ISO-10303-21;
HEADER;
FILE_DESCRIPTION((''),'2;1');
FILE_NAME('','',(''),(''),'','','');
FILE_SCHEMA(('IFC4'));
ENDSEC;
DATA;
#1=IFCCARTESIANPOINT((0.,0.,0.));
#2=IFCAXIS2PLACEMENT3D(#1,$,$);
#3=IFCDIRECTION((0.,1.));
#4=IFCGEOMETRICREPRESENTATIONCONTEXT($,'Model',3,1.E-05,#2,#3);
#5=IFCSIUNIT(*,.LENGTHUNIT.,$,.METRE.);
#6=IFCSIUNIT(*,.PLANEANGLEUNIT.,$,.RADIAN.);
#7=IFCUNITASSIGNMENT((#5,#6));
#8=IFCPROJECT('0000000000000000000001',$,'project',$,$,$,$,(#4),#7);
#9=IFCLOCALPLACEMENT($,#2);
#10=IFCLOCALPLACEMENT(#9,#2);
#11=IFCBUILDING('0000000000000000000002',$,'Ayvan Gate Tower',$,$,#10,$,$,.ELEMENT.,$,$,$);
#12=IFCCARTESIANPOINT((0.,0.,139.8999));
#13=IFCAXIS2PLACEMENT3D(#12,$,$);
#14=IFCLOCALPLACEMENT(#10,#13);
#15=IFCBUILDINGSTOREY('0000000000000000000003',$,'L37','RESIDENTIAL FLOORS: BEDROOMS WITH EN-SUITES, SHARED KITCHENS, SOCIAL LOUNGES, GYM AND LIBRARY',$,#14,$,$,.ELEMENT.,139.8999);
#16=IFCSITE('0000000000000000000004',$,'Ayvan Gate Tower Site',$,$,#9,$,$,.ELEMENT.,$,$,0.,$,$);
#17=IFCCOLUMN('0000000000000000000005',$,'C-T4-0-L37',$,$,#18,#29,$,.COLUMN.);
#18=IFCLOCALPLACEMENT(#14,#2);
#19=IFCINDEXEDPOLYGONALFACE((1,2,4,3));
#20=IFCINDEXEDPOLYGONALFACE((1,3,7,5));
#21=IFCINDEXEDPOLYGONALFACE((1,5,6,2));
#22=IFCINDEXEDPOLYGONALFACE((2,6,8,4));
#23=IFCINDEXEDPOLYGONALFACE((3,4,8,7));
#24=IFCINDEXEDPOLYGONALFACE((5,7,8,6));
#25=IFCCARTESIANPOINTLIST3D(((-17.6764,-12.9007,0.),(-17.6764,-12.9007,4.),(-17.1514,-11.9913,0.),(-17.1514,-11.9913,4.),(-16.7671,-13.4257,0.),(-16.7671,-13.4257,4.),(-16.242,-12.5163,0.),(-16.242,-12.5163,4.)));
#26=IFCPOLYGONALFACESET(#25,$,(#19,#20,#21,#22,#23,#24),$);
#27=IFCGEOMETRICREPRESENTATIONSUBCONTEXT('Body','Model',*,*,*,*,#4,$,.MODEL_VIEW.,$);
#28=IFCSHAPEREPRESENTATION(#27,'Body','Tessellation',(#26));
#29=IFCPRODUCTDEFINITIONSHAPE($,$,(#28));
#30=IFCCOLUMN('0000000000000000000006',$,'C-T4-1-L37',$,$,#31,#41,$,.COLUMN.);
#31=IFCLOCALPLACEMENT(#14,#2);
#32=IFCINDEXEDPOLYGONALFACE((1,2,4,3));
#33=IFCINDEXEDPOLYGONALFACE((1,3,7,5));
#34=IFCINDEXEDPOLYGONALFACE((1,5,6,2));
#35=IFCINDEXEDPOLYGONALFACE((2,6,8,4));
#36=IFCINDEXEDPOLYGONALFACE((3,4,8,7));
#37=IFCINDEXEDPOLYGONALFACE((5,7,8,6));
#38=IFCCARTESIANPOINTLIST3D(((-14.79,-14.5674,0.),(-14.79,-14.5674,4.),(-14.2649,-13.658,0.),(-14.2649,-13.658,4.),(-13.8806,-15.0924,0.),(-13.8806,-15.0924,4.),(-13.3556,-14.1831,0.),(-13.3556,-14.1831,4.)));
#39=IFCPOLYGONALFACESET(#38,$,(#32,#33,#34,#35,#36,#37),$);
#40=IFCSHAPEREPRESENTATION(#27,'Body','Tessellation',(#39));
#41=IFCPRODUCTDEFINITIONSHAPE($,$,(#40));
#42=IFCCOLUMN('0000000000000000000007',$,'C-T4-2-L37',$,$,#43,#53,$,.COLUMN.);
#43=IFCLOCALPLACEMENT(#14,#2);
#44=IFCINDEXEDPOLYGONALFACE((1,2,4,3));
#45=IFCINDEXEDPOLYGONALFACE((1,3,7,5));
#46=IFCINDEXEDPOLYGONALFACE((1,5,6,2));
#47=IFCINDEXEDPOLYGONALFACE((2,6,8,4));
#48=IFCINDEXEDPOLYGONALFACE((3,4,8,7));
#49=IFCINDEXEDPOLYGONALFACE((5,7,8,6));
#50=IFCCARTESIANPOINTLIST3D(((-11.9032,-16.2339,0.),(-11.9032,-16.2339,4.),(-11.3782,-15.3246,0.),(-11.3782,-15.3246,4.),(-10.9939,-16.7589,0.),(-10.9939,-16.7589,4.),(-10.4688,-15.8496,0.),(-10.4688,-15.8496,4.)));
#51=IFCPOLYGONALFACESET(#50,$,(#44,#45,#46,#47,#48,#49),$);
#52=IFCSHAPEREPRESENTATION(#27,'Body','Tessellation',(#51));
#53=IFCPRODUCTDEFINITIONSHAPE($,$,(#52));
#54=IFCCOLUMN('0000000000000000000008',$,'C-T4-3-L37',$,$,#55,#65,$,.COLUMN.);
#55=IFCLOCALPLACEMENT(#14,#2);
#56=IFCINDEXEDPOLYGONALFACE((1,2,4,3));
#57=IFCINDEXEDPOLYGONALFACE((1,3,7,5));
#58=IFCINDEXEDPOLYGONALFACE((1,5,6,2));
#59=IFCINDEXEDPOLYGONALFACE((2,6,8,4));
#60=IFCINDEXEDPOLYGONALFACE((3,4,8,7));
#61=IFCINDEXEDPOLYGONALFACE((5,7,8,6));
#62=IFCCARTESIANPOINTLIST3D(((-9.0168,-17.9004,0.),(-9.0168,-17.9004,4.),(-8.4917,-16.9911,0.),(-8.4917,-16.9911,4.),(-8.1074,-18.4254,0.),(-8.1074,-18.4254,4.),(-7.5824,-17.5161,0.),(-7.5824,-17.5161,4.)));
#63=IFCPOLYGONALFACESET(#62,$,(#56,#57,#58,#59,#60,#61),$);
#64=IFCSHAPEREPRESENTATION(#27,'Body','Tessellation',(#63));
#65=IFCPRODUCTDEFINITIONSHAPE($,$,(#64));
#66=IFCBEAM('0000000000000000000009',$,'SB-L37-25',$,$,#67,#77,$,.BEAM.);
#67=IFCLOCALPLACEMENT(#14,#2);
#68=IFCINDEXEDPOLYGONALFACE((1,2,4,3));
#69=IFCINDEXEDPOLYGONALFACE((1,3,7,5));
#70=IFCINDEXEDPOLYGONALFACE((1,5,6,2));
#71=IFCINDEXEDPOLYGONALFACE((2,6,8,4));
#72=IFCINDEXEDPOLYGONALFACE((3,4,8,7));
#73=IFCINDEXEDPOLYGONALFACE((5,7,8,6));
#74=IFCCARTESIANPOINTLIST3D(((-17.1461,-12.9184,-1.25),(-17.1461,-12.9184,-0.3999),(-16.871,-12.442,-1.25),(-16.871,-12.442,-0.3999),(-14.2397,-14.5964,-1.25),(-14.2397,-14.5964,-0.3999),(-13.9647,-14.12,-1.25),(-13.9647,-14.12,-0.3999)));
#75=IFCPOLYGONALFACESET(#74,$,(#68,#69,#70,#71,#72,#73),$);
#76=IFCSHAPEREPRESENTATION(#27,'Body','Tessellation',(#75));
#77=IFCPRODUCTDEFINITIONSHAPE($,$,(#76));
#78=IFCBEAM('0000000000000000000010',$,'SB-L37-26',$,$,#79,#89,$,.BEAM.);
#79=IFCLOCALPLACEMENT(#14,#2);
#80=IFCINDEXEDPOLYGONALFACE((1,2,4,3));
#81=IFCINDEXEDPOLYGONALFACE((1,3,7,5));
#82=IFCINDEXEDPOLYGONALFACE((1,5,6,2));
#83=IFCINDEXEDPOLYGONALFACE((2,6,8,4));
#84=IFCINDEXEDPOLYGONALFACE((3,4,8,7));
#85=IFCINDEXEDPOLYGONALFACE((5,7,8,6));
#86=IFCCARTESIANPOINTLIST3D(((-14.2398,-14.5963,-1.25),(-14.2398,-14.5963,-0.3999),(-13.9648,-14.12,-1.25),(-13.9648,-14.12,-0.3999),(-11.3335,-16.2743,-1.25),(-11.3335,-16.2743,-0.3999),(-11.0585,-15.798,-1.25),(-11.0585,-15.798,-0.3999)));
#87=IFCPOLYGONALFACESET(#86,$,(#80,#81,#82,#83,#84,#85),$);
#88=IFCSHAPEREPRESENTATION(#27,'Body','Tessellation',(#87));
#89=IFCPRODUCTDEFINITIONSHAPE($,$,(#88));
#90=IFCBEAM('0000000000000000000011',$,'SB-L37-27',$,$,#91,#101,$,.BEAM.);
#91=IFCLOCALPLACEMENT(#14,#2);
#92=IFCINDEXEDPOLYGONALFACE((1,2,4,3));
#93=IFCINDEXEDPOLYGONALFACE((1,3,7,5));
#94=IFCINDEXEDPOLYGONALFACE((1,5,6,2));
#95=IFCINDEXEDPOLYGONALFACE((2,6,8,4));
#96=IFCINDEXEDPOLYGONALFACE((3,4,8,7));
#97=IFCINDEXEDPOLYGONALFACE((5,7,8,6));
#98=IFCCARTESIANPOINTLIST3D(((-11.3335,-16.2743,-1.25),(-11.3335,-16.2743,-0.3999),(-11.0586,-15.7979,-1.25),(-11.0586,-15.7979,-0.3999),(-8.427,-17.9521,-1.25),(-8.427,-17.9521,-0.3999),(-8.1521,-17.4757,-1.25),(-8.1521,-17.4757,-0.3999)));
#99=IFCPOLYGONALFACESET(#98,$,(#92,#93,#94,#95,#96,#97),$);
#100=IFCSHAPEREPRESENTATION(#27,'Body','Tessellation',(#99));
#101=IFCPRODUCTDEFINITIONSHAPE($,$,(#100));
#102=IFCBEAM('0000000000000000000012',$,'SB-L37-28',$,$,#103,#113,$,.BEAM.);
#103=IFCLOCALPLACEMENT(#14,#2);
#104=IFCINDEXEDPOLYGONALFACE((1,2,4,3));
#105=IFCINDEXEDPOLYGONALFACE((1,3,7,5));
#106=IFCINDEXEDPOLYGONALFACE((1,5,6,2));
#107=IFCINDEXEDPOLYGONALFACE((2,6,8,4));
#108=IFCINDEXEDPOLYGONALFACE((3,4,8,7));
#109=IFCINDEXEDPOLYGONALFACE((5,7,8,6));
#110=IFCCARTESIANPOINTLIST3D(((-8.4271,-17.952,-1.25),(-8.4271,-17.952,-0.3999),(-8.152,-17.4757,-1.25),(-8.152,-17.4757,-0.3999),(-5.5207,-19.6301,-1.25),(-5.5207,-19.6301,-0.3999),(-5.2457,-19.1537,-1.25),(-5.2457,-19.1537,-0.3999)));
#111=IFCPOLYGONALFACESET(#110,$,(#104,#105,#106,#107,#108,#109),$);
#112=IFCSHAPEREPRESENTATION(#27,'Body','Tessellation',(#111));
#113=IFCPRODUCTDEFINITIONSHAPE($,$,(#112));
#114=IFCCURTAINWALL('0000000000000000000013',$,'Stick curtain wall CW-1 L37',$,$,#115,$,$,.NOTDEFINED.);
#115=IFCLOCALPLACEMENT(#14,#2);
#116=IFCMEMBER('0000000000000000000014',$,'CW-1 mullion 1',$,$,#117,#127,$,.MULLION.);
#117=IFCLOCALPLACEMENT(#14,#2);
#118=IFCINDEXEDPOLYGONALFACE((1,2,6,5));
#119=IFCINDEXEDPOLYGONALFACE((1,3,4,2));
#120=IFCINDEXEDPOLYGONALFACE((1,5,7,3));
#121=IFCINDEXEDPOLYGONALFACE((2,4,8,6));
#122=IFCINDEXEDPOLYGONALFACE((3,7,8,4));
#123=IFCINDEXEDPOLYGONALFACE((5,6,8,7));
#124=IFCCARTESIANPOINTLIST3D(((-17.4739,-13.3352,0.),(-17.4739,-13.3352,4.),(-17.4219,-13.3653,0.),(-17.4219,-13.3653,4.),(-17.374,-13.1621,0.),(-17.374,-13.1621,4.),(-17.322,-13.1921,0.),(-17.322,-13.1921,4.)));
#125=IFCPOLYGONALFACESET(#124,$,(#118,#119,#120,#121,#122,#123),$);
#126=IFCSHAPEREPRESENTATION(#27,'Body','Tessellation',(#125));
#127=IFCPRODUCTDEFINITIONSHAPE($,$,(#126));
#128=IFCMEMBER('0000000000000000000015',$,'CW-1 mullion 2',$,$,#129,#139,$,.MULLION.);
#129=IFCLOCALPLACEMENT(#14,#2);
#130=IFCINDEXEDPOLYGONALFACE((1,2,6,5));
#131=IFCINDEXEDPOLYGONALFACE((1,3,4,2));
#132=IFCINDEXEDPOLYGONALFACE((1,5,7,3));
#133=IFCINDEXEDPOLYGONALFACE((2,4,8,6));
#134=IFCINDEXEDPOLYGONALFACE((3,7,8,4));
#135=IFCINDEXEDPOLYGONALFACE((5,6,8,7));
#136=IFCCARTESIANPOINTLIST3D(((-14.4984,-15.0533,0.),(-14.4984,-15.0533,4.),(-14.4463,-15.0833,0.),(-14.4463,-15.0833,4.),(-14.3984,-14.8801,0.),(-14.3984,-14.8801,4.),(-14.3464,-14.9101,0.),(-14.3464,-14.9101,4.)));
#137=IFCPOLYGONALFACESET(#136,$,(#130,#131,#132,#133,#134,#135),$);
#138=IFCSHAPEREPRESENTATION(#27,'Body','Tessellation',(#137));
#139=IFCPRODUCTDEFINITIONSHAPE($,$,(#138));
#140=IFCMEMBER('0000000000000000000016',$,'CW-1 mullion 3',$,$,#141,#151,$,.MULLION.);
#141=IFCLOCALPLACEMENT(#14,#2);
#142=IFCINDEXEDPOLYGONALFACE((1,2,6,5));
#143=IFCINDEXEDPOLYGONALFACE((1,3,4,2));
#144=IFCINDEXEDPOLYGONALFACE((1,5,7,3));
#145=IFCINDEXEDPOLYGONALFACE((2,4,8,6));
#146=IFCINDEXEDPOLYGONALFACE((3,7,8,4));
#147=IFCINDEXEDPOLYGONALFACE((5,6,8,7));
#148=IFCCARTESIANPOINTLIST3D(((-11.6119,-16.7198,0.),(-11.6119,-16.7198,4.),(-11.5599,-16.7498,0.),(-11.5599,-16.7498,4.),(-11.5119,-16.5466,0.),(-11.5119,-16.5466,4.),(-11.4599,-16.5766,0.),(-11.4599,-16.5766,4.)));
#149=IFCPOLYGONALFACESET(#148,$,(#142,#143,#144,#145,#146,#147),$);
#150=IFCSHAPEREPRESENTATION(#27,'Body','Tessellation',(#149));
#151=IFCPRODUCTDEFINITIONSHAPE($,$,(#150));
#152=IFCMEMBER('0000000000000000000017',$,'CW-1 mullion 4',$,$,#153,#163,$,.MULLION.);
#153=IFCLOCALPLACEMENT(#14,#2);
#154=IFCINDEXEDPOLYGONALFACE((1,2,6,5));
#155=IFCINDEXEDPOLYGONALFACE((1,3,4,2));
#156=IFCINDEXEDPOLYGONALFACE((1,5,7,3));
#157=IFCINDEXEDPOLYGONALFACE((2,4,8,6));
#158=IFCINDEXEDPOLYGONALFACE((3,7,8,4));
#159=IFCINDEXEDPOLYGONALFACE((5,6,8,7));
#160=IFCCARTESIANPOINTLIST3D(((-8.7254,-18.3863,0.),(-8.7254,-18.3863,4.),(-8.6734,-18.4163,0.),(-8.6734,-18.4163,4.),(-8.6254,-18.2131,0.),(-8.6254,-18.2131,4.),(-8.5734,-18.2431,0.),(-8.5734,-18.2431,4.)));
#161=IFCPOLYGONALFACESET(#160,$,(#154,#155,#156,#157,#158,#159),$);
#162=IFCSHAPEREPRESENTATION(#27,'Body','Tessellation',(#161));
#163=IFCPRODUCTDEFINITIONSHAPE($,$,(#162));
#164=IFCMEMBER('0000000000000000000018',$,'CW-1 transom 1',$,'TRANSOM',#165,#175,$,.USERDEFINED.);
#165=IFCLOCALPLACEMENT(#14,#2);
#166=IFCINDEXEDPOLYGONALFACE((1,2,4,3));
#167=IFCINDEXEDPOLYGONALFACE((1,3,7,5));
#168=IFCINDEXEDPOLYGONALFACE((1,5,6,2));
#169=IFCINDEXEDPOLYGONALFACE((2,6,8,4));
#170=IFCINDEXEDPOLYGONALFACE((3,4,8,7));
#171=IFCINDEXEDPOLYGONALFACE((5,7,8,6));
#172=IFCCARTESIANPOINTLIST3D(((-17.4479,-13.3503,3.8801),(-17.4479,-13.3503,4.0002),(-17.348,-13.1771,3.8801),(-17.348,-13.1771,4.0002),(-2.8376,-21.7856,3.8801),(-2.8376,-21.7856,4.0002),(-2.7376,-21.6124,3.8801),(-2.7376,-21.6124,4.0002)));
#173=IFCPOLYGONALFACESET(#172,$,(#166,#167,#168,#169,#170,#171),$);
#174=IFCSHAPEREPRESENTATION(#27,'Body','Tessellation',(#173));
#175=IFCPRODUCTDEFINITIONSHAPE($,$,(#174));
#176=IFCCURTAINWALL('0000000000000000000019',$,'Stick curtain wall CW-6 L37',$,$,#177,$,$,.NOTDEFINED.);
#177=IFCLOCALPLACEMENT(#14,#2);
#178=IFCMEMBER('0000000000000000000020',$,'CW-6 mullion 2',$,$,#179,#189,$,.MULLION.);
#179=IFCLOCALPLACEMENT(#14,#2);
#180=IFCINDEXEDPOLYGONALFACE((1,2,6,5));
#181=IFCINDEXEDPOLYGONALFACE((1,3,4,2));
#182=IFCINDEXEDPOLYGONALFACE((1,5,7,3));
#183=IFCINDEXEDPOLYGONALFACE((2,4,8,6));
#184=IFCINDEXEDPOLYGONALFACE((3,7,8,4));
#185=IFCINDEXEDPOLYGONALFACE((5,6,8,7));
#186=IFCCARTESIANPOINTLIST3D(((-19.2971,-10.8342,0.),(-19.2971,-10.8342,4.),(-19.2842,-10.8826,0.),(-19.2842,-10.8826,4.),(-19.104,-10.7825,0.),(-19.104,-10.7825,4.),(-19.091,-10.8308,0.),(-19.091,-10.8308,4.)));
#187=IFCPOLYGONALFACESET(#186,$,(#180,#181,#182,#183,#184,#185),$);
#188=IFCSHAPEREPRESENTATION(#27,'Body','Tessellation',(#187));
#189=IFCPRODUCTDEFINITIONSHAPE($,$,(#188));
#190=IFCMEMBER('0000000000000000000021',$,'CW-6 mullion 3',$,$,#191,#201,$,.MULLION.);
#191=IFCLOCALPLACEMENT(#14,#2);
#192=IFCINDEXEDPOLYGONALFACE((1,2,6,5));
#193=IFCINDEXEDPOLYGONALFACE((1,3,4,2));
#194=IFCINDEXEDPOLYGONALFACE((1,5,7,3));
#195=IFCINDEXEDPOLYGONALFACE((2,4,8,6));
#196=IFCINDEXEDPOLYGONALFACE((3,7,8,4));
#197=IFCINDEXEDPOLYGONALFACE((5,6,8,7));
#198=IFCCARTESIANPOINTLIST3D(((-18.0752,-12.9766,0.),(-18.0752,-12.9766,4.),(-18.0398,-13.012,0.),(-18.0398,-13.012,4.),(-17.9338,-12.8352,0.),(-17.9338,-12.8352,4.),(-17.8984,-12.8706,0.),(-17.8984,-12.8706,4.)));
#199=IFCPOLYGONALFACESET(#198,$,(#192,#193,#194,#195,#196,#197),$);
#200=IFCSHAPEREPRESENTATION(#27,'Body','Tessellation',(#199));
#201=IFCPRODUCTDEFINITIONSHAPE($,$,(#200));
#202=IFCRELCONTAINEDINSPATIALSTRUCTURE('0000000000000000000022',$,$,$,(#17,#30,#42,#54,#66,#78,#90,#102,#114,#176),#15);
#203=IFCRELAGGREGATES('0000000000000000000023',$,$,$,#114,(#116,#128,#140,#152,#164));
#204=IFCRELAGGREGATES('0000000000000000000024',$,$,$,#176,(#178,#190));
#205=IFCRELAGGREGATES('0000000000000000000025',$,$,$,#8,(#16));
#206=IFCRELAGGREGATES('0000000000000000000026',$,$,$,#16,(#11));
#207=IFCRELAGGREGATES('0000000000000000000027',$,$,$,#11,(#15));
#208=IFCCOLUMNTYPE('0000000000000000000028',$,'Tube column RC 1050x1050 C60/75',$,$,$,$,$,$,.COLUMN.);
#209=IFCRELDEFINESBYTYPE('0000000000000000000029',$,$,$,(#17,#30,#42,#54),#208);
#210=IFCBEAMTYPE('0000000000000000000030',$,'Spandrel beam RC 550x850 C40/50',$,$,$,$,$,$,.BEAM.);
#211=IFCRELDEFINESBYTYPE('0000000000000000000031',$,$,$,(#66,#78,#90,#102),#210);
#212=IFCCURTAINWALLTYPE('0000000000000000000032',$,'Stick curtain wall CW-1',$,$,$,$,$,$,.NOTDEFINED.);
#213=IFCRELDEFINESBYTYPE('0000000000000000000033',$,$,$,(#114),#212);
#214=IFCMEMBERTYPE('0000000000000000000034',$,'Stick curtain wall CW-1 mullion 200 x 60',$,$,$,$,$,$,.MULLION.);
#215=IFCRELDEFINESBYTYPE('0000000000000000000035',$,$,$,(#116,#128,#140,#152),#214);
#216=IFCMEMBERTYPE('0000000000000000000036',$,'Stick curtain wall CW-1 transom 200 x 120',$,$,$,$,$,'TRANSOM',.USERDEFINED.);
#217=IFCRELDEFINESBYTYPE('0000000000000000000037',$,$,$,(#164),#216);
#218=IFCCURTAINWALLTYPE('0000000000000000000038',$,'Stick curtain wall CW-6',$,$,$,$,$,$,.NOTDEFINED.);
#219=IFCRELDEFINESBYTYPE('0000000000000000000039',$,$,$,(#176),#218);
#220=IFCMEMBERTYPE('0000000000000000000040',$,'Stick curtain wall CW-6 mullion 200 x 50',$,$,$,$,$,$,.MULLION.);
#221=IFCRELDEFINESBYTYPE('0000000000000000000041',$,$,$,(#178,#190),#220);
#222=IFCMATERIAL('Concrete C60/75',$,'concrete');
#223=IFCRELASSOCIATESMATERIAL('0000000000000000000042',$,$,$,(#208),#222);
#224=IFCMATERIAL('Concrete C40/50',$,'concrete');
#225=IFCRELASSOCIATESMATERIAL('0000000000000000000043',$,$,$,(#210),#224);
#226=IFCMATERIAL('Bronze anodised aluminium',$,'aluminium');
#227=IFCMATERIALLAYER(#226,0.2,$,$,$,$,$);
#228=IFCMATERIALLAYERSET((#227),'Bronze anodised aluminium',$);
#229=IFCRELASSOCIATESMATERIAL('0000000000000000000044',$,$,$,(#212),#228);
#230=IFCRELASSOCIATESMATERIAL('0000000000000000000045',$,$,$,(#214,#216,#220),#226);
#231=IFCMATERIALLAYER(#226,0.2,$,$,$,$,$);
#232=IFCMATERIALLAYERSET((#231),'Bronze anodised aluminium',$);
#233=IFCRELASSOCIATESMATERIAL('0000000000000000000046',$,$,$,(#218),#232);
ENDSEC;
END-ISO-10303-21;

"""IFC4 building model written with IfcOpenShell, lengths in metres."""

from ifc_helpers import new_model, si_unit, direction, frame, origin, origin_2d, place, context, subcontext, project, spatial, rectangle, extrude, material, layer, layer_set, material_profile, profile_set, type_object, element, aggregate, save


model = new_model("IFC4")

# Units and contexts
model_context = context("Model", 3, precision=1e-05, world=origin(), true_north=direction((0.0, 1.0)))
body_context = subcontext(model_context, "Body", "Model", "MODEL_VIEW")
ifc_project = project(units=[si_unit("LENGTHUNIT", "METRE"), si_unit("PLANEANGLEUNIT", "RADIAN")], contexts=[model_context])

# Site, building, storey
site_placement = place(None, origin())
site = spatial("IfcSite", under=ifc_project, at=site_placement, Name="Ayvan Gate Tower Site", CompositionType="ELEMENT", RefElevation=0.0)
building_placement = place(site_placement, origin())
building = spatial("IfcBuilding", under=site, at=building_placement, Name="Ayvan Gate Tower", CompositionType="ELEMENT")
storey_placement = place(building_placement, frame((0.0, 0.0, 139.8999)))
storey = spatial("IfcBuildingStorey", under=building, at=storey_placement, Name="L37", Description="RESIDENTIAL FLOORS: BEDROOMS WITH EN-SUITES, SHARED KITCHENS, SOCIAL LOUNGES, GYM AND LIBRARY", CompositionType="ELEMENT", Elevation=139.8999)

# Columns
ifc_material_1 = material(Name="Concrete C60/75", Category="concrete")
ifc_material_profile_1 = material_profile(ifc_material_1, rectangle(XDim=1.05, YDim=1.05, at=origin_2d()), Name="RC 1050x1050")
ifc_profile_set_1 = profile_set([ifc_material_profile_1], Name="Concrete C60/75")
column_type = type_object("IfcColumnType", Name="Tube column RC 1050x1050 C60/75", PredefinedType="COLUMN", material=ifc_profile_set_1)
for number, where, z_axis, x_axis, name in (
    (1, (-16.9592, -12.7085, 0.0), (0.0, 0.0, 1.0), (-0.5, -0.866025, 0.0), "C-T4-0-L37"),
    (2, (-14.0728, -14.3752, 0.0), (0.0, 0.0, 1.0), (-0.5, -0.866025, 0.0), "C-T4-1-L37"),
    (3, (-11.186, -16.0417, 0.0), (0.0, 0.0, 1.0), (-0.5, -0.866025, 0.0), "C-T4-2-L37"),
    (4, (-8.2996, -17.7083, 0.0), (0.0, 0.0, 1.0), (-0.5, -0.866025, 0.0), "C-T4-3-L37"),
):
    element("IfcColumn", number, at=place(storey_placement, frame(where, z_axis=z_axis, x_axis=x_axis)), inside=storey, type_object=column_type, Name=name, PredefinedType="COLUMN", context=body_context, shape_type="SweptSolid", body=[
        extrude(rectangle(XDim=1.05, YDim=1.05, at=origin_2d()), origin(), (0.0, 0.0, 1.0), 4.0),
    ])

# Beams
ifc_material_2 = material(Name="Concrete C40/50", Category="concrete")
ifc_material_profile_2 = material_profile(ifc_material_2, rectangle(XDim=0.55, YDim=0.8501, at=origin_2d()), Name="RC 550x850")
ifc_profile_set_2 = profile_set([ifc_material_profile_2], Name="Concrete C40/50")
beam_type = type_object("IfcBeamType", Name="Spandrel beam RC 550x850 C40/50", PredefinedType="BEAM", material=ifc_profile_set_2)
for number, where, z_axis, x_axis, name in (
    (5, (-17.0085, -12.6802, -0.825), (0.866018, -0.500012, 0.0), (0.500012, 0.866018, 0.0), "SB-L37-25"),
    (6, (-14.1023, -14.3582, -0.825), (0.866018, -0.500012, 0.0), (0.500012, 0.866018, 0.0), "SB-L37-26"),
    (7, (-11.196, -16.0361, -0.825), (0.866068, -0.499926, 0.0), (0.499926, 0.866068, 0.0), "SB-L37-27"),
    (8, (-8.2896, -17.7139, -0.825), (0.866018, -0.500012, 0.0), (0.500012, 0.866018, 0.0), "SB-L37-28"),
):
    element("IfcBeam", number, at=place(storey_placement, frame(where, z_axis=z_axis, x_axis=x_axis)), inside=storey, type_object=beam_type, Name=name, PredefinedType="BEAM", context=body_context, shape_type="SweptSolid", body=[
        extrude(rectangle(XDim=0.55, YDim=0.8501, at=origin_2d()), origin(), (0.0, 0.0, 1.0), 3.356),
    ])

# Curtain walls, members
ifc_material_3 = material(Name="Bronze anodised aluminium", Category="aluminium")
ifc_layer_1 = layer(ifc_material_3, 0.2)
ifc_layer_set_1 = layer_set([ifc_layer_1], Name="Bronze anodised aluminium")
curtain_wall_type_1 = type_object("IfcCurtainWallType", Name="Stick curtain wall CW-1", PredefinedType="NOTDEFINED", material=ifc_layer_set_1)
curtain_wall_1_placement = place(storey_placement, origin())
curtain_wall_1 = element("IfcCurtainWall", 9, at=curtain_wall_1_placement, inside=storey, type_object=curtain_wall_type_1, Name="Stick curtain wall CW-1 L37", PredefinedType="NOTDEFINED")
ifc_material_profile_3 = material_profile(ifc_material_3, rectangle(XDim=0.2, YDim=0.0601, at=origin_2d()), Name="Stick curtain wall CW-1 mullion 200 x 60")
ifc_profile_set_3 = profile_set([ifc_material_profile_3], Name="Bronze anodised aluminium")
member_type_1 = type_object("IfcMemberType", Name="Stick curtain wall CW-1 mullion 200 x 60", PredefinedType="MULLION", material=ifc_profile_set_3)
member_1_placement = place(storey_placement, frame((-17.3979, -13.2637, 0.0), z_axis=(0.0, 0.0, 1.0), x_axis=(-0.5, -0.866025, 0.0)))
member_1 = element("IfcMember", 10, at=member_1_placement, type_object=member_type_1, Name="CW-1 mullion 1", PredefinedType="MULLION", context=body_context, shape_type="SweptSolid", body=[
    extrude(rectangle(XDim=0.2, YDim=0.0601, at=origin_2d()), origin(), (0.0, 0.0, 1.0), 4.0),
])
member_2_placement = place(storey_placement, frame((-14.4224, -14.9817, 0.0), z_axis=(0.0, 0.0, 1.0), x_axis=(-0.5, -0.866025, 0.0)))
member_2 = element("IfcMember", 11, at=member_2_placement, type_object=member_type_1, Name="CW-1 mullion 2", PredefinedType="MULLION", context=body_context, shape_type="SweptSolid", body=[
    extrude(rectangle(XDim=0.2, YDim=0.0601, at=origin_2d()), origin(), (0.0, 0.0, 1.0), 4.0),
])
member_3_placement = place(storey_placement, frame((-11.5359, -16.6482, 0.0), z_axis=(0.0, 0.0, 1.0), x_axis=(-0.5, -0.866025, 0.0)))
member_3 = element("IfcMember", 12, at=member_3_placement, type_object=member_type_1, Name="CW-1 mullion 3", PredefinedType="MULLION", context=body_context, shape_type="SweptSolid", body=[
    extrude(rectangle(XDim=0.2, YDim=0.0601, at=origin_2d()), origin(), (0.0, 0.0, 1.0), 4.0),
])
member_4_placement = place(storey_placement, frame((-8.6494, -18.3147, 0.0), z_axis=(0.0, 0.0, 1.0), x_axis=(-0.5, -0.866025, 0.0)))
member_4 = element("IfcMember", 13, at=member_4_placement, type_object=member_type_1, Name="CW-1 mullion 4", PredefinedType="MULLION", context=body_context, shape_type="SweptSolid", body=[
    extrude(rectangle(XDim=0.2, YDim=0.0601, at=origin_2d()), origin(), (0.0, 0.0, 1.0), 4.0),
])
ifc_material_profile_4 = material_profile(ifc_material_3, rectangle(XDim=0.2, YDim=0.1201, at=origin_2d()), Name="Stick curtain wall CW-1 transom 200 x 120")
ifc_profile_set_4 = profile_set([ifc_material_profile_4], Name="Bronze anodised aluminium")
member_type_2 = type_object("IfcMemberType", Name="Stick curtain wall CW-1 transom 200 x 120", ElementType="TRANSOM", PredefinedType="USERDEFINED", material=ifc_profile_set_4)
member_5_placement = place(storey_placement, frame((-17.3979, -13.2637, 3.9402), z_axis=(0.866025, -0.500001, 0.0), x_axis=(0.500001, 0.866025, 0.0)))
member_5 = element("IfcMember", 14, at=member_5_placement, type_object=member_type_2, Name="CW-1 transom 1", ObjectType="TRANSOM", PredefinedType="USERDEFINED", context=body_context, shape_type="SweptSolid", body=[
    extrude(rectangle(XDim=0.2, YDim=0.1201, at=origin_2d()), origin(), (0.0, 0.0, 1.0), 16.8706),
])
ifc_layer_2 = layer(ifc_material_3, 0.2)
ifc_layer_set_2 = layer_set([ifc_layer_2], Name="Bronze anodised aluminium")
curtain_wall_type_2 = type_object("IfcCurtainWallType", Name="Stick curtain wall CW-6", PredefinedType="NOTDEFINED", material=ifc_layer_set_2)
curtain_wall_2_placement = place(storey_placement, origin())
curtain_wall_2 = element("IfcCurtainWall", 15, at=curtain_wall_2_placement, inside=storey, type_object=curtain_wall_type_2, Name="Stick curtain wall CW-6 L37", PredefinedType="NOTDEFINED")
ifc_material_profile_5 = material_profile(ifc_material_3, rectangle(XDim=0.2, YDim=0.05, at=origin_2d()), Name="Stick curtain wall CW-6 mullion 200 x 50")
ifc_profile_set_5 = profile_set([ifc_material_profile_5], Name="Bronze anodised aluminium")
member_type_3 = type_object("IfcMemberType", Name="Stick curtain wall CW-6 mullion 200 x 50", PredefinedType="MULLION", material=ifc_profile_set_5)
member_6_placement = place(storey_placement, frame((-19.1941, -10.8325, 0.0), z_axis=(0.0, 0.0, 1.0), x_axis=(-0.965926, -0.258819, 0.0)))
member_6 = element("IfcMember", 16, at=member_6_placement, type_object=member_type_3, Name="CW-6 mullion 2", PredefinedType="MULLION", context=body_context, shape_type="SweptSolid", body=[
    extrude(rectangle(XDim=0.2, YDim=0.05, at=origin_2d()), origin(), (0.0, 0.0, 1.0), 4.0),
])
member_7_placement = place(storey_placement, frame((-17.9868, -12.9236, 0.0), z_axis=(0.0, 0.0, 1.0), x_axis=(-0.707107, -0.707107, 0.0)))
member_7 = element("IfcMember", 17, at=member_7_placement, type_object=member_type_3, Name="CW-6 mullion 3", PredefinedType="MULLION", context=body_context, shape_type="SweptSolid", body=[
    extrude(rectangle(XDim=0.2, YDim=0.05, at=origin_2d()), origin(), (0.0, 0.0, 1.0), 4.0),
])

aggregate(curtain_wall_1, [member_1, member_2, member_3, member_4, member_5])
aggregate(curtain_wall_2, [member_6, member_7])

save(model, "model.ifc")
